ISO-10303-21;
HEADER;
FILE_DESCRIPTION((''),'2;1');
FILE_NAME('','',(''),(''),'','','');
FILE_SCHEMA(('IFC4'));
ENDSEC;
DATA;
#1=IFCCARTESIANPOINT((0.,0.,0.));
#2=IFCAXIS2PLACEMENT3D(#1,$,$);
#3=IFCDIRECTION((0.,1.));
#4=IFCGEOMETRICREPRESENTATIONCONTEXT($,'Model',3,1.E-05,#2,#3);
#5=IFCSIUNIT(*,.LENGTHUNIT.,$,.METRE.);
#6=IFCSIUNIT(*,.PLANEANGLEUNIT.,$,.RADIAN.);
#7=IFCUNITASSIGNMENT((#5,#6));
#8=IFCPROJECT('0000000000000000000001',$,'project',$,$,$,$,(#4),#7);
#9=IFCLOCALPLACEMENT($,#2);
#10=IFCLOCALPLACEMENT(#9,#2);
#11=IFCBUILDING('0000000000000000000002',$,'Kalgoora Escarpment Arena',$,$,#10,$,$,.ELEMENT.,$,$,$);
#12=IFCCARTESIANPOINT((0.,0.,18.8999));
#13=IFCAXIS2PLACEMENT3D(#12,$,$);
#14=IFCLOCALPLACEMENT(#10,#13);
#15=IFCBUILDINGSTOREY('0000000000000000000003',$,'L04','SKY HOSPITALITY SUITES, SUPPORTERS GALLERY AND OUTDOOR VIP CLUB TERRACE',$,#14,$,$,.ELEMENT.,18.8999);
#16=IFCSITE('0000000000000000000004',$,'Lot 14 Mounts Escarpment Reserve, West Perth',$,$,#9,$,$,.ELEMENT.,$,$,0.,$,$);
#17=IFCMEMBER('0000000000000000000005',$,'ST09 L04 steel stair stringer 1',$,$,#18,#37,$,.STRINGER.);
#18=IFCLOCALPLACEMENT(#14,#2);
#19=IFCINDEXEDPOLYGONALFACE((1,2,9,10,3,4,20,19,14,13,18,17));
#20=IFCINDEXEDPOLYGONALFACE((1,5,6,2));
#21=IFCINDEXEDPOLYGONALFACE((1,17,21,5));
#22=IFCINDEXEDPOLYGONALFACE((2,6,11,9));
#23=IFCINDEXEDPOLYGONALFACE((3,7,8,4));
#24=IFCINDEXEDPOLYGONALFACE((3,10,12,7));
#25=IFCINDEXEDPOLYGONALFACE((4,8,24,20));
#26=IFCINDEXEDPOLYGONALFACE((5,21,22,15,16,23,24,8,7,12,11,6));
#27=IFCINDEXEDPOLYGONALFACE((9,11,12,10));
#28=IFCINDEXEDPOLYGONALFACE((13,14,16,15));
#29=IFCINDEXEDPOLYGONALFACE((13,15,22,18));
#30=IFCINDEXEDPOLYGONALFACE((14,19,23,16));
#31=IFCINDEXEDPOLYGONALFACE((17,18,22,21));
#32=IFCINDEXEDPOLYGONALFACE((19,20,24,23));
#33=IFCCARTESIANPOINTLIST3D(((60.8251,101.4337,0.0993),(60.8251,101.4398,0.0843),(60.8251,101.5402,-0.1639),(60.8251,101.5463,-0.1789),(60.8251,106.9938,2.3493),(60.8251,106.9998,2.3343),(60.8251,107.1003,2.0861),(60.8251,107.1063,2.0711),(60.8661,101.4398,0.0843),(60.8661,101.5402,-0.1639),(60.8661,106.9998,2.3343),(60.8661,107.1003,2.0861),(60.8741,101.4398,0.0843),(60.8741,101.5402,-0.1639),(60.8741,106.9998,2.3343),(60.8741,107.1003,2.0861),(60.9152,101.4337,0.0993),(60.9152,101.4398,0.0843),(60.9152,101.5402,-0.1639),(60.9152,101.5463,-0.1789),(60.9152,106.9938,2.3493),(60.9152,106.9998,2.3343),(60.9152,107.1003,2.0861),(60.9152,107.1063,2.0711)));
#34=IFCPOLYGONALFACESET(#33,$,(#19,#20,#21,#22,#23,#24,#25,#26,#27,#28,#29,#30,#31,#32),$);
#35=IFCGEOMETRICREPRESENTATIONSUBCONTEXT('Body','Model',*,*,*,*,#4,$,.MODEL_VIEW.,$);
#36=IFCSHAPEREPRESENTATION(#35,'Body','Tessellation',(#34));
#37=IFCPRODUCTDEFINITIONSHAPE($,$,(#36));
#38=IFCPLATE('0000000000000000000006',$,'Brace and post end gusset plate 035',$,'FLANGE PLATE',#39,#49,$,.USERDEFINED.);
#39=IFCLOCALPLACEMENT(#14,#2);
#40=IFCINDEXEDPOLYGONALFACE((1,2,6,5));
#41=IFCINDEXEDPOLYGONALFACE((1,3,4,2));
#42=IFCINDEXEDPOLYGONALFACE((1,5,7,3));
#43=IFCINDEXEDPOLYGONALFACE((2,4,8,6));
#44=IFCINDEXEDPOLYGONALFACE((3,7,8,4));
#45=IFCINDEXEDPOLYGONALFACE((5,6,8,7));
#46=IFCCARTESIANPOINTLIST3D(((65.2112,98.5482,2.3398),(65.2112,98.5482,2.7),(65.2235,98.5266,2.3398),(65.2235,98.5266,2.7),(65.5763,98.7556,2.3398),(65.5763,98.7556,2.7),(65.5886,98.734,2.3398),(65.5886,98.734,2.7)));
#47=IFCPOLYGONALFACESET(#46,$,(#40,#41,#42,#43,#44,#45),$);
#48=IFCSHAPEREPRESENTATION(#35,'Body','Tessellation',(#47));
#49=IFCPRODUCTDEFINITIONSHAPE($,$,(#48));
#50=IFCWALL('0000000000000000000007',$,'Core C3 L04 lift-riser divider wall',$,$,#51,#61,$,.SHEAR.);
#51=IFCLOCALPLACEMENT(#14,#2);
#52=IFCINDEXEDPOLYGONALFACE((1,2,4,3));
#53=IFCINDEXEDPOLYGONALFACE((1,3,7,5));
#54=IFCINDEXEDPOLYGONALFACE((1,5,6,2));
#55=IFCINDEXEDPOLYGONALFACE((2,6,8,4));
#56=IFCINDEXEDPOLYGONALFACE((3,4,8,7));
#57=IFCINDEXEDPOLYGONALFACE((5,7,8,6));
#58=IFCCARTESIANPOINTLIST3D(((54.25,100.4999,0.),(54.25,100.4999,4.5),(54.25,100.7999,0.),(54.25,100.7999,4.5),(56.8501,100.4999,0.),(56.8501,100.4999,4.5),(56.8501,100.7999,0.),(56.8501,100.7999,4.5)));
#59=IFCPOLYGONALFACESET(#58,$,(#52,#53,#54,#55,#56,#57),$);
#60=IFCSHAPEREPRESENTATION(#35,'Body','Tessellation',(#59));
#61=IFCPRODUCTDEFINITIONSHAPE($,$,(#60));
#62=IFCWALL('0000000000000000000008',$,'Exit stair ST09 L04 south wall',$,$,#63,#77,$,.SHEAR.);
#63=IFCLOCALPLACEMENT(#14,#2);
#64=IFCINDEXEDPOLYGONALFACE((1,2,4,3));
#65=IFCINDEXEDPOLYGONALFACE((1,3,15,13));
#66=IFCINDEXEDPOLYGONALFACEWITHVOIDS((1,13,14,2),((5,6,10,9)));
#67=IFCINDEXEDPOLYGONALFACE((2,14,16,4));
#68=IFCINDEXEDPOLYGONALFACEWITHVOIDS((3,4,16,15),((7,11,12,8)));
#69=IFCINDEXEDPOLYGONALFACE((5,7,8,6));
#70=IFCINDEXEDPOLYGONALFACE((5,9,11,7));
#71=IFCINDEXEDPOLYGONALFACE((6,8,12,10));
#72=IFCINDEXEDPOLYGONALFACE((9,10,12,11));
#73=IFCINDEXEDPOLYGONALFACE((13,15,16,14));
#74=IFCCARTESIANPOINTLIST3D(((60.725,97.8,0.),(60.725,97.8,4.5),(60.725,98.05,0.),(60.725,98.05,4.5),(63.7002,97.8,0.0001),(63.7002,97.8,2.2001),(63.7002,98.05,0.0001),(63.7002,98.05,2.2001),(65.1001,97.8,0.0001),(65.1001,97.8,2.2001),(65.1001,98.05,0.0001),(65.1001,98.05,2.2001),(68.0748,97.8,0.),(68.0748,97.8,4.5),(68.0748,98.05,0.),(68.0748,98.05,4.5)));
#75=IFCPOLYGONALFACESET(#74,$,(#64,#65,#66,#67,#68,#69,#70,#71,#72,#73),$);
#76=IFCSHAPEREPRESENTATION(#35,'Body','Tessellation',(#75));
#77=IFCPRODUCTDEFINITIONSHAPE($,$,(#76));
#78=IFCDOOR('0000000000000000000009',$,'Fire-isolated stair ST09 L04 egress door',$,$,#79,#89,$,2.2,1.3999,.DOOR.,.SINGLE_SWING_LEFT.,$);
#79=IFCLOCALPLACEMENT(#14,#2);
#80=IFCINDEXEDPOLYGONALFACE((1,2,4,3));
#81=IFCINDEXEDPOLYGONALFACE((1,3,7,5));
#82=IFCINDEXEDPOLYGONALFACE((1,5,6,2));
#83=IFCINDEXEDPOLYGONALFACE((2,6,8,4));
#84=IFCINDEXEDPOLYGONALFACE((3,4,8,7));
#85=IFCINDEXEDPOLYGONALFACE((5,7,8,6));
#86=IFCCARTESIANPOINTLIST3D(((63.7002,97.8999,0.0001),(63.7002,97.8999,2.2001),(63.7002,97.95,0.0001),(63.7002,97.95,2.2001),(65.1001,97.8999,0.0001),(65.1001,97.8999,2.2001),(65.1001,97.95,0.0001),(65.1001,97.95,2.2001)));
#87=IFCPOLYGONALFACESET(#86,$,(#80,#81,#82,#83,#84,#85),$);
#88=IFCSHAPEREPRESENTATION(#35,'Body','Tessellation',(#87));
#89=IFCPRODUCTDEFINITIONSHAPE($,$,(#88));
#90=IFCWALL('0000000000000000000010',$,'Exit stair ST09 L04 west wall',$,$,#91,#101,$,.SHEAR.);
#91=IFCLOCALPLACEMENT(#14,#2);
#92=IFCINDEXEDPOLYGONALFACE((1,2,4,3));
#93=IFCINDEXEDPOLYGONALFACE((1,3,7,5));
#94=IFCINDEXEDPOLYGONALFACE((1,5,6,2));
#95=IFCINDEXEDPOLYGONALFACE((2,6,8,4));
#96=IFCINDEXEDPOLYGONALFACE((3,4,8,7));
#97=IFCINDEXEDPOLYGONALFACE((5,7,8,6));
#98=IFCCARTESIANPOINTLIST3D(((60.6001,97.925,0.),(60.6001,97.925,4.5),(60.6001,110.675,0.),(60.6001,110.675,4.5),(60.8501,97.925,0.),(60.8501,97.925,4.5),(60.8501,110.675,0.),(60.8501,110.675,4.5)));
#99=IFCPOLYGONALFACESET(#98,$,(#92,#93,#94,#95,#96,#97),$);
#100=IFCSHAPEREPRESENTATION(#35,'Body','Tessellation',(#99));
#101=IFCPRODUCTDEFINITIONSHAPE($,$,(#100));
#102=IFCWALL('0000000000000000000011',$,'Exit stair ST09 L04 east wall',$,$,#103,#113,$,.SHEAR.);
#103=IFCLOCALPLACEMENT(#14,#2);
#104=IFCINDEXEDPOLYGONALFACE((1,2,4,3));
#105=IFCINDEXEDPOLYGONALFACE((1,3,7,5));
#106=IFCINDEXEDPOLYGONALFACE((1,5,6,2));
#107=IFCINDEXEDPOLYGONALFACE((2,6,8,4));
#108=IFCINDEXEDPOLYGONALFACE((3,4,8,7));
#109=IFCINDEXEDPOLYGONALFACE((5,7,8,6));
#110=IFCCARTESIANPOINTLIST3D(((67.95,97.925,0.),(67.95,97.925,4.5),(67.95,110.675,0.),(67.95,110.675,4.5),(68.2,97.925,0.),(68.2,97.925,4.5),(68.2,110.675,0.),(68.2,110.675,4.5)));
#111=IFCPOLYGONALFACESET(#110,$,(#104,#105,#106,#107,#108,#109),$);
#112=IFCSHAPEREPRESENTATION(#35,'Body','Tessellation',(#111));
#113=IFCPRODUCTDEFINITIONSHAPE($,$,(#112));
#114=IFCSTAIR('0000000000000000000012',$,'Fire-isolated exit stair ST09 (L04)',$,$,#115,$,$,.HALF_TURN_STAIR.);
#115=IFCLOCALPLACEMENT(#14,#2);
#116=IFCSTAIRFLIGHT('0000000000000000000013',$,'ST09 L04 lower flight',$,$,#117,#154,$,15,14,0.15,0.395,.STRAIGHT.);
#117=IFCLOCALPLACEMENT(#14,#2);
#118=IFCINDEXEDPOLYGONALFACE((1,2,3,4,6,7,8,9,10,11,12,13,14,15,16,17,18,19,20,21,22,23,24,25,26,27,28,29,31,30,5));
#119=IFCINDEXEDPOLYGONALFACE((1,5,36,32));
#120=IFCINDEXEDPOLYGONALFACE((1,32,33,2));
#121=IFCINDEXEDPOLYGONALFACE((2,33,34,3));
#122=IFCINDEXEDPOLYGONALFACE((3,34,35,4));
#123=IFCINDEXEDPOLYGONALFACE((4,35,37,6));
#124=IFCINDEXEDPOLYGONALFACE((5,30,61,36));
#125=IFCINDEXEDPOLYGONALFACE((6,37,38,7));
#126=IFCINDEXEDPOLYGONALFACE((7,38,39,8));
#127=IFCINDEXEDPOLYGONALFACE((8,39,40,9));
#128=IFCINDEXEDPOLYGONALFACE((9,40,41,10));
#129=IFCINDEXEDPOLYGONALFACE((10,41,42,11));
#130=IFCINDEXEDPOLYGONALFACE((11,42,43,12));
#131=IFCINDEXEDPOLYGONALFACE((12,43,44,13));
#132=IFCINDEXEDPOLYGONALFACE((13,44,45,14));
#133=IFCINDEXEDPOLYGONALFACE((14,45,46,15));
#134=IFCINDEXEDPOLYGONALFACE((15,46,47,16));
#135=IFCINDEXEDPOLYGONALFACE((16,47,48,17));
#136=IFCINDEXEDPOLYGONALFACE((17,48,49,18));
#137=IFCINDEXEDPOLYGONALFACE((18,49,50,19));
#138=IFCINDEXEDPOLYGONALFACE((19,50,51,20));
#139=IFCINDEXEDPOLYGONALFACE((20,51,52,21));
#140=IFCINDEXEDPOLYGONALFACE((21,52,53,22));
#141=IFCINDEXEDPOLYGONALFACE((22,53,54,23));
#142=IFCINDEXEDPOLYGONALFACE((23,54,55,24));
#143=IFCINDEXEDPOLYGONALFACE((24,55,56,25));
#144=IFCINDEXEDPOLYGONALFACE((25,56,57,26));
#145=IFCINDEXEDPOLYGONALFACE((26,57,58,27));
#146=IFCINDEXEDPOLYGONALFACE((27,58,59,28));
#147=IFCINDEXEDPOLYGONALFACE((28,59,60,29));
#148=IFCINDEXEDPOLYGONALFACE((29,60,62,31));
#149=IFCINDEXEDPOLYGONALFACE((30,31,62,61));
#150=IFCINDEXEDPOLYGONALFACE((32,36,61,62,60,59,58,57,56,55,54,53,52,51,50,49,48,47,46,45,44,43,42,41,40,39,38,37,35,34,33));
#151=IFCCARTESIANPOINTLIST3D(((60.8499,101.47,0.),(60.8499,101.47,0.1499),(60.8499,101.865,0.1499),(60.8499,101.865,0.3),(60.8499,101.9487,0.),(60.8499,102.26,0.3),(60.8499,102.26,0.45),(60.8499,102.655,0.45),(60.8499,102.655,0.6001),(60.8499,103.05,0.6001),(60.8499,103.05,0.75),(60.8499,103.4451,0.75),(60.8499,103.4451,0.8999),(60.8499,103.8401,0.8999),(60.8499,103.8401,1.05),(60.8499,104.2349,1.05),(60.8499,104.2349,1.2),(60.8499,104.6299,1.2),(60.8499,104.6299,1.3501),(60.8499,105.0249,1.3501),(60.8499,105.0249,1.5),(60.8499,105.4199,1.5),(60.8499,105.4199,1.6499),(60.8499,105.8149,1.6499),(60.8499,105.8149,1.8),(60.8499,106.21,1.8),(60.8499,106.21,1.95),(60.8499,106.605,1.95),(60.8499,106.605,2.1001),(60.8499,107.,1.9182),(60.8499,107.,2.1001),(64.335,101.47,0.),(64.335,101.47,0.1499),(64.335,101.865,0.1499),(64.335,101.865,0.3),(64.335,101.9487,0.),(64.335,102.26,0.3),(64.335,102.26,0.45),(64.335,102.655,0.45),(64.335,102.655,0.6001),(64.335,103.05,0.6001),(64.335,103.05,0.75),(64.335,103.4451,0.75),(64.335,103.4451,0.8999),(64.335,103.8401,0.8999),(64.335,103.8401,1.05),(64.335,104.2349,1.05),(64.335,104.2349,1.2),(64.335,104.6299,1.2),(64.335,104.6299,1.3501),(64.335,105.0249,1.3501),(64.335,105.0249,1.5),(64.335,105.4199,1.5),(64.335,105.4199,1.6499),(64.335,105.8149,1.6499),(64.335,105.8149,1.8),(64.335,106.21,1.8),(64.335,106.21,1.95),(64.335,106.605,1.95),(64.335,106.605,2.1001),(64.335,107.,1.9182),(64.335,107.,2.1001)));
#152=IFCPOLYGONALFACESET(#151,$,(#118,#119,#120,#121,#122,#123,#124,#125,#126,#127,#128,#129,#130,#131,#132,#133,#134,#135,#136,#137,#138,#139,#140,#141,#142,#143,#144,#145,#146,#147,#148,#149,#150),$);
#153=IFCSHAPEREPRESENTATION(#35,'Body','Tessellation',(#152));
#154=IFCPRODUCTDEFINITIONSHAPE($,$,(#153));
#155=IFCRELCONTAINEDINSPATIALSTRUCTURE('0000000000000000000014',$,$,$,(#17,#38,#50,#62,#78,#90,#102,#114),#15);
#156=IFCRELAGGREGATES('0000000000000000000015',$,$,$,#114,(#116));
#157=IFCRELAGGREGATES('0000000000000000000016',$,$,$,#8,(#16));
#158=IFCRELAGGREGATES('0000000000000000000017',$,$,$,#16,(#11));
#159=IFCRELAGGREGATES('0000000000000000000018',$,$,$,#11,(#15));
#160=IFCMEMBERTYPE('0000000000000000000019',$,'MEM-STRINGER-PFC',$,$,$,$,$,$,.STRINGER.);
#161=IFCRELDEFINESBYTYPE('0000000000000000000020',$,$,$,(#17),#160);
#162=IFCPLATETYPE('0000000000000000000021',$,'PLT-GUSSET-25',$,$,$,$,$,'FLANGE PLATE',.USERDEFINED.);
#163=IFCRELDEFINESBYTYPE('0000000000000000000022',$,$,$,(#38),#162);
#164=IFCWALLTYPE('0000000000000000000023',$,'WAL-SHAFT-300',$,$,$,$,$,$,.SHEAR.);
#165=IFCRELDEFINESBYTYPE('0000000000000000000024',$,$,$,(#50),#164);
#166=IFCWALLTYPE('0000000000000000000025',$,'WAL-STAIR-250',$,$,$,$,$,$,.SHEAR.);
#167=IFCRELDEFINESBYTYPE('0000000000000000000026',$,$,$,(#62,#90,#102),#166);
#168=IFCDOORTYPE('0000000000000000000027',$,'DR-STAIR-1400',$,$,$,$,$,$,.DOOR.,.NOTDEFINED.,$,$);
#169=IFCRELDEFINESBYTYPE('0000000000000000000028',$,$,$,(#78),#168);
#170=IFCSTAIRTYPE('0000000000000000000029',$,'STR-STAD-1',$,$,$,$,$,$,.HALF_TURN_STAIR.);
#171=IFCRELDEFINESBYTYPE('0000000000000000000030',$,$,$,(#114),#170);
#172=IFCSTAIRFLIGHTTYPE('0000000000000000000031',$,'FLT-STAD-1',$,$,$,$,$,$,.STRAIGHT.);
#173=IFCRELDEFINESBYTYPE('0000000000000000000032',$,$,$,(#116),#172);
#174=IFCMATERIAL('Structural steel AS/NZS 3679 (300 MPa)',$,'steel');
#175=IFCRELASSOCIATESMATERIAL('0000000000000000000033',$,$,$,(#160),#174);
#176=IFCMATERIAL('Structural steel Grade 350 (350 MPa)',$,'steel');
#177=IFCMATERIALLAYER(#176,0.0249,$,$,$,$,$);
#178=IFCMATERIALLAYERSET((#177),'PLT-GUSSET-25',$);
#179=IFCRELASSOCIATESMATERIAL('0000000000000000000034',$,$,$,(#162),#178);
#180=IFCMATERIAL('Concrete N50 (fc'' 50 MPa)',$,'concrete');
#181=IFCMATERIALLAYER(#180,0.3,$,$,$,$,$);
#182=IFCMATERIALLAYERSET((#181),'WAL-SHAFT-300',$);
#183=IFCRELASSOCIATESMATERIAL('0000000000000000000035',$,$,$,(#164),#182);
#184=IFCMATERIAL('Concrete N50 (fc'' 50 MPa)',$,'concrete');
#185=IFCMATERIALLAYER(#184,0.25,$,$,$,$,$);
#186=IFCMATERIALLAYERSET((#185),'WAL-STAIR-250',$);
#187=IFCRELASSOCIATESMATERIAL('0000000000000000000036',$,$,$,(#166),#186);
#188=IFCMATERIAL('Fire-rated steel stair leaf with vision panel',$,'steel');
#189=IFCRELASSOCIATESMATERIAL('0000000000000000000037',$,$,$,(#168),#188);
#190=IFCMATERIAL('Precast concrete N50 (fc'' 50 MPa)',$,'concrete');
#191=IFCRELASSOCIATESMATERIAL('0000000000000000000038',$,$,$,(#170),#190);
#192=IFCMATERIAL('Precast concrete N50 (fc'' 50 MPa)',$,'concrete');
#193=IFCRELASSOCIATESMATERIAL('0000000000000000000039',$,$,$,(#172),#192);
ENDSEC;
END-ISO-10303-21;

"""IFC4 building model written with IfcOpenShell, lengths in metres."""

from ifc_helpers import new_model, si_unit, direction, frame, frame_2d, origin, origin_2d, place, context, subcontext, project, spatial, polyline, rectangle, i_section, outline, extrude, material, layer, layer_set, material_profile, profile_set, type_object, element, fill, aggregate, save


model = new_model("IFC4")

# Units and contexts
model_context = context("Model", 3, precision=1e-05, world=origin(), true_north=direction((0.0, 1.0)))
body_context = subcontext(model_context, "Body", "Model", "MODEL_VIEW")
ifc_project = project(units=[si_unit("LENGTHUNIT", "METRE"), si_unit("PLANEANGLEUNIT", "RADIAN")], contexts=[model_context])

# Site, building, storey
site_placement = place(None, origin())
site = spatial("IfcSite", under=ifc_project, at=site_placement, Name="Lot 14 Mounts Escarpment Reserve, West Perth", CompositionType="ELEMENT", RefElevation=0.0)
building_placement = place(site_placement, origin())
building = spatial("IfcBuilding", under=site, at=building_placement, Name="Kalgoora Escarpment Arena", CompositionType="ELEMENT")
storey_placement = place(building_placement, frame((0.0, 0.0, 18.8999)))
storey = spatial("IfcBuildingStorey", under=building, at=storey_placement, Name="L04", Description="SKY HOSPITALITY SUITES, SUPPORTERS GALLERY AND OUTDOOR VIP CLUB TERRACE", CompositionType="ELEMENT", Elevation=18.8999)

# Member
ifc_material_1 = material(Name="Structural steel AS/NZS 3679 (300 MPa)", Category="steel")
ifc_material_profile_1 = material_profile(ifc_material_1, i_section(OverallWidth=0.0901, OverallDepth=0.3, WebThickness=0.0081, FlangeThickness=0.0161, at=origin_2d()))
ifc_profile_set_1 = profile_set([ifc_material_profile_1], Name="Structural steel AS/NZS 3679 (300 MPa)")
member_type_1 = type_object("IfcMemberType", Name="MEM-STRINGER-PFC", PredefinedType="STRINGER", material=ifc_profile_set_1)
member_1_placement = place(storey_placement, frame((60.8701, 101.49, -0.0398), z_axis=(0.0, 0.926976, 0.375121), x_axis=(-1.0, 0.0, 0.0)))
element("IfcMember", 1, at=member_1_placement, inside=storey, type_object=member_type_1, Name="ST09 L04 steel stair stringer 1", PredefinedType="STRINGER", context=body_context, shape_type="SweptSolid", body=[
    extrude(i_section(OverallWidth=0.0901, OverallDepth=0.3, WebThickness=0.0081, FlangeThickness=0.0161, at=origin_2d()), origin(), (0.0, 0.0, 1.0), 5.998),
])

# Plate
ifc_material_2 = material(Name="Structural steel Grade 350 (350 MPa)", Category="steel")
ifc_layer_1 = layer(ifc_material_2, 0.0249)
ifc_layer_set_1 = layer_set([ifc_layer_1], Name="PLT-GUSSET-25")
plate_type = type_object("IfcPlateType", Name="PLT-GUSSET-25", ElementType="FLANGE PLATE", PredefinedType="USERDEFINED", material=ifc_layer_set_1)
plate_placement = place(storey_placement, frame((65.3999, 98.6411, 2.3398), z_axis=(0.0, 0.0, 1.0), x_axis=(-0.869495, -0.493942, 0.0)))
element("IfcPlate", 2, at=plate_placement, inside=storey, type_object=plate_type, Name="Brace and post end gusset plate 035", ObjectType="FLANGE PLATE", PredefinedType="USERDEFINED", context=body_context, shape_type="SweptSolid", body=[
    extrude(rectangle(XDim=0.4199, YDim=0.0249, at=origin_2d()), origin(), (0.0, 0.0, 1.0), 0.3601),
])

# Wall
ifc_material_3 = material(Name="Concrete N50 (fc' 50 MPa)", Category="concrete")
ifc_layer_2 = layer(ifc_material_3, 0.3)
ifc_layer_set_2 = layer_set([ifc_layer_2], Name="WAL-SHAFT-300")
wall_type_1 = type_object("IfcWallType", Name="WAL-SHAFT-300", PredefinedType="SHEAR", material=ifc_layer_set_2)
wall_1_placement = place(storey_placement, frame((54.25, 100.6499, 0.0), z_axis=(0.0, 0.0, 1.0), x_axis=(1.0, 0.0, 0.0)))
element("IfcWall", 3, at=wall_1_placement, inside=storey, type_object=wall_type_1, Name="Core C3 L04 lift-riser divider wall", PredefinedType="SHEAR", context=body_context, shape_type="SweptSolid", body=[
    extrude(rectangle(XDim=2.6001, YDim=0.3, at=frame_2d((1.3, 0.0))), origin(), (0.0, 0.0, 1.0), 4.5),
])

# Wall, opening, door
ifc_material_4 = material(Name="Concrete N50 (fc' 50 MPa)", Category="concrete")
ifc_layer_3 = layer(ifc_material_4, 0.25)
ifc_layer_set_3 = layer_set([ifc_layer_3], Name="WAL-STAIR-250")
wall_type_2 = type_object("IfcWallType", Name="WAL-STAIR-250", PredefinedType="SHEAR", material=ifc_layer_set_3)
wall_2_placement = place(storey_placement, frame((60.7251, 97.925, 0.0), z_axis=(0.0, 0.0, 1.0), x_axis=(1.0, 0.0, 0.0)))
wall_2 = element("IfcWall", 4, at=wall_2_placement, inside=storey, type_object=wall_type_2, Name="Exit stair ST09 L04 south wall", PredefinedType="SHEAR", context=body_context, shape_type="SweptSolid", body=[
    extrude(rectangle(XDim=7.3499, YDim=0.25, at=frame_2d((3.6748, 0.0))), origin(), (0.0, 0.0, 1.0), 4.5),
])
opening_placement = place(wall_2_placement, frame((2.9751, 0.0, 0.0)))
opening = element("IfcOpeningElement", 5, at=opening_placement, cuts=wall_2, PredefinedType="OPENING", context=body_context, shape_type="SweptSolid", body=[
    extrude(rectangle(XDim=1.3999, YDim=2.2, at=frame_2d((0.7, 1.1001))), frame((0.0, 0.135, 0.0), z_axis=(0.0, -1.0, 0.0), x_axis=(1.0, 0.0, 0.0)), (0.0, 0.0, 1.0), 0.27),
])
ifc_material_5 = material(Name="Fire-rated steel stair leaf with vision panel", Category="steel")
door_type = type_object("IfcDoorType", Name="DR-STAIR-1400", OperationType="NOTDEFINED", PredefinedType="DOOR", material=ifc_material_5)
door_placement = place(opening_placement, origin())
door = element("IfcDoor", 6, at=door_placement, inside=storey, type_object=door_type, Name="Fire-isolated stair ST09 L04 egress door", OperationType="SINGLE_SWING_LEFT", OverallHeight=2.2, OverallWidth=1.3999, PredefinedType="DOOR", context=body_context, shape_type="SweptSolid", body=[
    extrude(rectangle(XDim=1.3999, YDim=2.2, at=frame_2d((0.7, 1.1001))), frame((0.0, 0.0249, 0.0), z_axis=(0.0, -1.0, 0.0), x_axis=(1.0, 0.0, 0.0)), (0.0, 0.0, 1.0), 0.05),
])
fill(opening, door)

# Walls
for number, where, z_axis, x_axis, name in (
    (7, (60.7251, 97.925, 0.0), (0.0, 0.0, 1.0), (0.0, 1.0, 0.0), "Exit stair ST09 L04 west wall"),
    (8, (68.075, 97.925, 0.0), (0.0, 0.0, 1.0), (0.0, 1.0, 0.0), "Exit stair ST09 L04 east wall"),
):
    element("IfcWall", number, at=place(storey_placement, frame(where, z_axis=z_axis, x_axis=x_axis)), inside=storey, type_object=wall_type_2, Name=name, PredefinedType="SHEAR", context=body_context, shape_type="SweptSolid", body=[
        extrude(rectangle(XDim=12.75, YDim=0.25, at=frame_2d((6.375, 0.0))), origin(), (0.0, 0.0, 1.0), 4.5),
    ])

# Stair, stair flight
ifc_material_6 = material(Name="Precast concrete N50 (fc' 50 MPa)", Category="concrete")
stair_type = type_object("IfcStairType", Name="STR-STAD-1", PredefinedType="HALF_TURN_STAIR", material=ifc_material_6)
stair_placement = place(storey_placement, origin())
stair = element("IfcStair", 9, at=stair_placement, inside=storey, type_object=stair_type, Name="Fire-isolated exit stair ST09 (L04)", PredefinedType="HALF_TURN_STAIR")
ifc_material_7 = material(Name="Precast concrete N50 (fc' 50 MPa)", Category="concrete")
stair_flight_type = type_object("IfcStairFlightType", Name="FLT-STAD-1", PredefinedType="STRAIGHT", material=ifc_material_7)
stair_flight_placement = place(storey_placement, frame((62.5925, 101.47, 0.0), z_axis=(0.0, 0.0, 1.0), x_axis=(0.0, 1.0, 0.0)))
stair_flight = element("IfcStairFlight", 10, at=stair_flight_placement, type_object=stair_flight_type, Name="ST09 L04 lower flight", NumberOfRisers=15, NumberOfTreads=14, PredefinedType="STRAIGHT", RiserHeight=0.15, TreadLength=0.395, context=body_context, shape_type="SweptSolid", body=[
    extrude(outline(polyline([(0.0, 0.0), (0.0, 0.1499), (0.395, 0.1499), (0.395, 0.3), (0.79, 0.3), (0.79, 0.45), (1.1851, 0.45), (1.1851, 0.6001), (1.5801, 0.6001), (1.5801, 0.75), (1.9751, 0.75), (1.9751, 0.8999), (2.3701, 0.8999), (2.3701, 1.05), (2.7649, 1.05), (2.7649, 1.2), (3.1599, 1.2), (3.1599, 1.3501), (3.5549, 1.3501), (3.5549, 1.5), (3.95, 1.5), (3.95, 1.6499), (4.345, 1.6499), (4.345, 1.8), (4.74, 1.8), (4.74, 1.95), (5.135, 1.95), (5.135, 2.1001), (5.53, 2.1001), (5.53, 2.25), (5.53, 1.9182), (0.4788, 0.0), (0.0, 0.0)])), frame((0.0, 1.7427, 0.0), z_axis=(0.0, -1.0, 0.0), x_axis=(1.0, 0.0, 0.0)), (0.0, 0.0, 1.0), 3.4851),
])
aggregate(stair, [stair_flight])

save(model, "model.ifc")
